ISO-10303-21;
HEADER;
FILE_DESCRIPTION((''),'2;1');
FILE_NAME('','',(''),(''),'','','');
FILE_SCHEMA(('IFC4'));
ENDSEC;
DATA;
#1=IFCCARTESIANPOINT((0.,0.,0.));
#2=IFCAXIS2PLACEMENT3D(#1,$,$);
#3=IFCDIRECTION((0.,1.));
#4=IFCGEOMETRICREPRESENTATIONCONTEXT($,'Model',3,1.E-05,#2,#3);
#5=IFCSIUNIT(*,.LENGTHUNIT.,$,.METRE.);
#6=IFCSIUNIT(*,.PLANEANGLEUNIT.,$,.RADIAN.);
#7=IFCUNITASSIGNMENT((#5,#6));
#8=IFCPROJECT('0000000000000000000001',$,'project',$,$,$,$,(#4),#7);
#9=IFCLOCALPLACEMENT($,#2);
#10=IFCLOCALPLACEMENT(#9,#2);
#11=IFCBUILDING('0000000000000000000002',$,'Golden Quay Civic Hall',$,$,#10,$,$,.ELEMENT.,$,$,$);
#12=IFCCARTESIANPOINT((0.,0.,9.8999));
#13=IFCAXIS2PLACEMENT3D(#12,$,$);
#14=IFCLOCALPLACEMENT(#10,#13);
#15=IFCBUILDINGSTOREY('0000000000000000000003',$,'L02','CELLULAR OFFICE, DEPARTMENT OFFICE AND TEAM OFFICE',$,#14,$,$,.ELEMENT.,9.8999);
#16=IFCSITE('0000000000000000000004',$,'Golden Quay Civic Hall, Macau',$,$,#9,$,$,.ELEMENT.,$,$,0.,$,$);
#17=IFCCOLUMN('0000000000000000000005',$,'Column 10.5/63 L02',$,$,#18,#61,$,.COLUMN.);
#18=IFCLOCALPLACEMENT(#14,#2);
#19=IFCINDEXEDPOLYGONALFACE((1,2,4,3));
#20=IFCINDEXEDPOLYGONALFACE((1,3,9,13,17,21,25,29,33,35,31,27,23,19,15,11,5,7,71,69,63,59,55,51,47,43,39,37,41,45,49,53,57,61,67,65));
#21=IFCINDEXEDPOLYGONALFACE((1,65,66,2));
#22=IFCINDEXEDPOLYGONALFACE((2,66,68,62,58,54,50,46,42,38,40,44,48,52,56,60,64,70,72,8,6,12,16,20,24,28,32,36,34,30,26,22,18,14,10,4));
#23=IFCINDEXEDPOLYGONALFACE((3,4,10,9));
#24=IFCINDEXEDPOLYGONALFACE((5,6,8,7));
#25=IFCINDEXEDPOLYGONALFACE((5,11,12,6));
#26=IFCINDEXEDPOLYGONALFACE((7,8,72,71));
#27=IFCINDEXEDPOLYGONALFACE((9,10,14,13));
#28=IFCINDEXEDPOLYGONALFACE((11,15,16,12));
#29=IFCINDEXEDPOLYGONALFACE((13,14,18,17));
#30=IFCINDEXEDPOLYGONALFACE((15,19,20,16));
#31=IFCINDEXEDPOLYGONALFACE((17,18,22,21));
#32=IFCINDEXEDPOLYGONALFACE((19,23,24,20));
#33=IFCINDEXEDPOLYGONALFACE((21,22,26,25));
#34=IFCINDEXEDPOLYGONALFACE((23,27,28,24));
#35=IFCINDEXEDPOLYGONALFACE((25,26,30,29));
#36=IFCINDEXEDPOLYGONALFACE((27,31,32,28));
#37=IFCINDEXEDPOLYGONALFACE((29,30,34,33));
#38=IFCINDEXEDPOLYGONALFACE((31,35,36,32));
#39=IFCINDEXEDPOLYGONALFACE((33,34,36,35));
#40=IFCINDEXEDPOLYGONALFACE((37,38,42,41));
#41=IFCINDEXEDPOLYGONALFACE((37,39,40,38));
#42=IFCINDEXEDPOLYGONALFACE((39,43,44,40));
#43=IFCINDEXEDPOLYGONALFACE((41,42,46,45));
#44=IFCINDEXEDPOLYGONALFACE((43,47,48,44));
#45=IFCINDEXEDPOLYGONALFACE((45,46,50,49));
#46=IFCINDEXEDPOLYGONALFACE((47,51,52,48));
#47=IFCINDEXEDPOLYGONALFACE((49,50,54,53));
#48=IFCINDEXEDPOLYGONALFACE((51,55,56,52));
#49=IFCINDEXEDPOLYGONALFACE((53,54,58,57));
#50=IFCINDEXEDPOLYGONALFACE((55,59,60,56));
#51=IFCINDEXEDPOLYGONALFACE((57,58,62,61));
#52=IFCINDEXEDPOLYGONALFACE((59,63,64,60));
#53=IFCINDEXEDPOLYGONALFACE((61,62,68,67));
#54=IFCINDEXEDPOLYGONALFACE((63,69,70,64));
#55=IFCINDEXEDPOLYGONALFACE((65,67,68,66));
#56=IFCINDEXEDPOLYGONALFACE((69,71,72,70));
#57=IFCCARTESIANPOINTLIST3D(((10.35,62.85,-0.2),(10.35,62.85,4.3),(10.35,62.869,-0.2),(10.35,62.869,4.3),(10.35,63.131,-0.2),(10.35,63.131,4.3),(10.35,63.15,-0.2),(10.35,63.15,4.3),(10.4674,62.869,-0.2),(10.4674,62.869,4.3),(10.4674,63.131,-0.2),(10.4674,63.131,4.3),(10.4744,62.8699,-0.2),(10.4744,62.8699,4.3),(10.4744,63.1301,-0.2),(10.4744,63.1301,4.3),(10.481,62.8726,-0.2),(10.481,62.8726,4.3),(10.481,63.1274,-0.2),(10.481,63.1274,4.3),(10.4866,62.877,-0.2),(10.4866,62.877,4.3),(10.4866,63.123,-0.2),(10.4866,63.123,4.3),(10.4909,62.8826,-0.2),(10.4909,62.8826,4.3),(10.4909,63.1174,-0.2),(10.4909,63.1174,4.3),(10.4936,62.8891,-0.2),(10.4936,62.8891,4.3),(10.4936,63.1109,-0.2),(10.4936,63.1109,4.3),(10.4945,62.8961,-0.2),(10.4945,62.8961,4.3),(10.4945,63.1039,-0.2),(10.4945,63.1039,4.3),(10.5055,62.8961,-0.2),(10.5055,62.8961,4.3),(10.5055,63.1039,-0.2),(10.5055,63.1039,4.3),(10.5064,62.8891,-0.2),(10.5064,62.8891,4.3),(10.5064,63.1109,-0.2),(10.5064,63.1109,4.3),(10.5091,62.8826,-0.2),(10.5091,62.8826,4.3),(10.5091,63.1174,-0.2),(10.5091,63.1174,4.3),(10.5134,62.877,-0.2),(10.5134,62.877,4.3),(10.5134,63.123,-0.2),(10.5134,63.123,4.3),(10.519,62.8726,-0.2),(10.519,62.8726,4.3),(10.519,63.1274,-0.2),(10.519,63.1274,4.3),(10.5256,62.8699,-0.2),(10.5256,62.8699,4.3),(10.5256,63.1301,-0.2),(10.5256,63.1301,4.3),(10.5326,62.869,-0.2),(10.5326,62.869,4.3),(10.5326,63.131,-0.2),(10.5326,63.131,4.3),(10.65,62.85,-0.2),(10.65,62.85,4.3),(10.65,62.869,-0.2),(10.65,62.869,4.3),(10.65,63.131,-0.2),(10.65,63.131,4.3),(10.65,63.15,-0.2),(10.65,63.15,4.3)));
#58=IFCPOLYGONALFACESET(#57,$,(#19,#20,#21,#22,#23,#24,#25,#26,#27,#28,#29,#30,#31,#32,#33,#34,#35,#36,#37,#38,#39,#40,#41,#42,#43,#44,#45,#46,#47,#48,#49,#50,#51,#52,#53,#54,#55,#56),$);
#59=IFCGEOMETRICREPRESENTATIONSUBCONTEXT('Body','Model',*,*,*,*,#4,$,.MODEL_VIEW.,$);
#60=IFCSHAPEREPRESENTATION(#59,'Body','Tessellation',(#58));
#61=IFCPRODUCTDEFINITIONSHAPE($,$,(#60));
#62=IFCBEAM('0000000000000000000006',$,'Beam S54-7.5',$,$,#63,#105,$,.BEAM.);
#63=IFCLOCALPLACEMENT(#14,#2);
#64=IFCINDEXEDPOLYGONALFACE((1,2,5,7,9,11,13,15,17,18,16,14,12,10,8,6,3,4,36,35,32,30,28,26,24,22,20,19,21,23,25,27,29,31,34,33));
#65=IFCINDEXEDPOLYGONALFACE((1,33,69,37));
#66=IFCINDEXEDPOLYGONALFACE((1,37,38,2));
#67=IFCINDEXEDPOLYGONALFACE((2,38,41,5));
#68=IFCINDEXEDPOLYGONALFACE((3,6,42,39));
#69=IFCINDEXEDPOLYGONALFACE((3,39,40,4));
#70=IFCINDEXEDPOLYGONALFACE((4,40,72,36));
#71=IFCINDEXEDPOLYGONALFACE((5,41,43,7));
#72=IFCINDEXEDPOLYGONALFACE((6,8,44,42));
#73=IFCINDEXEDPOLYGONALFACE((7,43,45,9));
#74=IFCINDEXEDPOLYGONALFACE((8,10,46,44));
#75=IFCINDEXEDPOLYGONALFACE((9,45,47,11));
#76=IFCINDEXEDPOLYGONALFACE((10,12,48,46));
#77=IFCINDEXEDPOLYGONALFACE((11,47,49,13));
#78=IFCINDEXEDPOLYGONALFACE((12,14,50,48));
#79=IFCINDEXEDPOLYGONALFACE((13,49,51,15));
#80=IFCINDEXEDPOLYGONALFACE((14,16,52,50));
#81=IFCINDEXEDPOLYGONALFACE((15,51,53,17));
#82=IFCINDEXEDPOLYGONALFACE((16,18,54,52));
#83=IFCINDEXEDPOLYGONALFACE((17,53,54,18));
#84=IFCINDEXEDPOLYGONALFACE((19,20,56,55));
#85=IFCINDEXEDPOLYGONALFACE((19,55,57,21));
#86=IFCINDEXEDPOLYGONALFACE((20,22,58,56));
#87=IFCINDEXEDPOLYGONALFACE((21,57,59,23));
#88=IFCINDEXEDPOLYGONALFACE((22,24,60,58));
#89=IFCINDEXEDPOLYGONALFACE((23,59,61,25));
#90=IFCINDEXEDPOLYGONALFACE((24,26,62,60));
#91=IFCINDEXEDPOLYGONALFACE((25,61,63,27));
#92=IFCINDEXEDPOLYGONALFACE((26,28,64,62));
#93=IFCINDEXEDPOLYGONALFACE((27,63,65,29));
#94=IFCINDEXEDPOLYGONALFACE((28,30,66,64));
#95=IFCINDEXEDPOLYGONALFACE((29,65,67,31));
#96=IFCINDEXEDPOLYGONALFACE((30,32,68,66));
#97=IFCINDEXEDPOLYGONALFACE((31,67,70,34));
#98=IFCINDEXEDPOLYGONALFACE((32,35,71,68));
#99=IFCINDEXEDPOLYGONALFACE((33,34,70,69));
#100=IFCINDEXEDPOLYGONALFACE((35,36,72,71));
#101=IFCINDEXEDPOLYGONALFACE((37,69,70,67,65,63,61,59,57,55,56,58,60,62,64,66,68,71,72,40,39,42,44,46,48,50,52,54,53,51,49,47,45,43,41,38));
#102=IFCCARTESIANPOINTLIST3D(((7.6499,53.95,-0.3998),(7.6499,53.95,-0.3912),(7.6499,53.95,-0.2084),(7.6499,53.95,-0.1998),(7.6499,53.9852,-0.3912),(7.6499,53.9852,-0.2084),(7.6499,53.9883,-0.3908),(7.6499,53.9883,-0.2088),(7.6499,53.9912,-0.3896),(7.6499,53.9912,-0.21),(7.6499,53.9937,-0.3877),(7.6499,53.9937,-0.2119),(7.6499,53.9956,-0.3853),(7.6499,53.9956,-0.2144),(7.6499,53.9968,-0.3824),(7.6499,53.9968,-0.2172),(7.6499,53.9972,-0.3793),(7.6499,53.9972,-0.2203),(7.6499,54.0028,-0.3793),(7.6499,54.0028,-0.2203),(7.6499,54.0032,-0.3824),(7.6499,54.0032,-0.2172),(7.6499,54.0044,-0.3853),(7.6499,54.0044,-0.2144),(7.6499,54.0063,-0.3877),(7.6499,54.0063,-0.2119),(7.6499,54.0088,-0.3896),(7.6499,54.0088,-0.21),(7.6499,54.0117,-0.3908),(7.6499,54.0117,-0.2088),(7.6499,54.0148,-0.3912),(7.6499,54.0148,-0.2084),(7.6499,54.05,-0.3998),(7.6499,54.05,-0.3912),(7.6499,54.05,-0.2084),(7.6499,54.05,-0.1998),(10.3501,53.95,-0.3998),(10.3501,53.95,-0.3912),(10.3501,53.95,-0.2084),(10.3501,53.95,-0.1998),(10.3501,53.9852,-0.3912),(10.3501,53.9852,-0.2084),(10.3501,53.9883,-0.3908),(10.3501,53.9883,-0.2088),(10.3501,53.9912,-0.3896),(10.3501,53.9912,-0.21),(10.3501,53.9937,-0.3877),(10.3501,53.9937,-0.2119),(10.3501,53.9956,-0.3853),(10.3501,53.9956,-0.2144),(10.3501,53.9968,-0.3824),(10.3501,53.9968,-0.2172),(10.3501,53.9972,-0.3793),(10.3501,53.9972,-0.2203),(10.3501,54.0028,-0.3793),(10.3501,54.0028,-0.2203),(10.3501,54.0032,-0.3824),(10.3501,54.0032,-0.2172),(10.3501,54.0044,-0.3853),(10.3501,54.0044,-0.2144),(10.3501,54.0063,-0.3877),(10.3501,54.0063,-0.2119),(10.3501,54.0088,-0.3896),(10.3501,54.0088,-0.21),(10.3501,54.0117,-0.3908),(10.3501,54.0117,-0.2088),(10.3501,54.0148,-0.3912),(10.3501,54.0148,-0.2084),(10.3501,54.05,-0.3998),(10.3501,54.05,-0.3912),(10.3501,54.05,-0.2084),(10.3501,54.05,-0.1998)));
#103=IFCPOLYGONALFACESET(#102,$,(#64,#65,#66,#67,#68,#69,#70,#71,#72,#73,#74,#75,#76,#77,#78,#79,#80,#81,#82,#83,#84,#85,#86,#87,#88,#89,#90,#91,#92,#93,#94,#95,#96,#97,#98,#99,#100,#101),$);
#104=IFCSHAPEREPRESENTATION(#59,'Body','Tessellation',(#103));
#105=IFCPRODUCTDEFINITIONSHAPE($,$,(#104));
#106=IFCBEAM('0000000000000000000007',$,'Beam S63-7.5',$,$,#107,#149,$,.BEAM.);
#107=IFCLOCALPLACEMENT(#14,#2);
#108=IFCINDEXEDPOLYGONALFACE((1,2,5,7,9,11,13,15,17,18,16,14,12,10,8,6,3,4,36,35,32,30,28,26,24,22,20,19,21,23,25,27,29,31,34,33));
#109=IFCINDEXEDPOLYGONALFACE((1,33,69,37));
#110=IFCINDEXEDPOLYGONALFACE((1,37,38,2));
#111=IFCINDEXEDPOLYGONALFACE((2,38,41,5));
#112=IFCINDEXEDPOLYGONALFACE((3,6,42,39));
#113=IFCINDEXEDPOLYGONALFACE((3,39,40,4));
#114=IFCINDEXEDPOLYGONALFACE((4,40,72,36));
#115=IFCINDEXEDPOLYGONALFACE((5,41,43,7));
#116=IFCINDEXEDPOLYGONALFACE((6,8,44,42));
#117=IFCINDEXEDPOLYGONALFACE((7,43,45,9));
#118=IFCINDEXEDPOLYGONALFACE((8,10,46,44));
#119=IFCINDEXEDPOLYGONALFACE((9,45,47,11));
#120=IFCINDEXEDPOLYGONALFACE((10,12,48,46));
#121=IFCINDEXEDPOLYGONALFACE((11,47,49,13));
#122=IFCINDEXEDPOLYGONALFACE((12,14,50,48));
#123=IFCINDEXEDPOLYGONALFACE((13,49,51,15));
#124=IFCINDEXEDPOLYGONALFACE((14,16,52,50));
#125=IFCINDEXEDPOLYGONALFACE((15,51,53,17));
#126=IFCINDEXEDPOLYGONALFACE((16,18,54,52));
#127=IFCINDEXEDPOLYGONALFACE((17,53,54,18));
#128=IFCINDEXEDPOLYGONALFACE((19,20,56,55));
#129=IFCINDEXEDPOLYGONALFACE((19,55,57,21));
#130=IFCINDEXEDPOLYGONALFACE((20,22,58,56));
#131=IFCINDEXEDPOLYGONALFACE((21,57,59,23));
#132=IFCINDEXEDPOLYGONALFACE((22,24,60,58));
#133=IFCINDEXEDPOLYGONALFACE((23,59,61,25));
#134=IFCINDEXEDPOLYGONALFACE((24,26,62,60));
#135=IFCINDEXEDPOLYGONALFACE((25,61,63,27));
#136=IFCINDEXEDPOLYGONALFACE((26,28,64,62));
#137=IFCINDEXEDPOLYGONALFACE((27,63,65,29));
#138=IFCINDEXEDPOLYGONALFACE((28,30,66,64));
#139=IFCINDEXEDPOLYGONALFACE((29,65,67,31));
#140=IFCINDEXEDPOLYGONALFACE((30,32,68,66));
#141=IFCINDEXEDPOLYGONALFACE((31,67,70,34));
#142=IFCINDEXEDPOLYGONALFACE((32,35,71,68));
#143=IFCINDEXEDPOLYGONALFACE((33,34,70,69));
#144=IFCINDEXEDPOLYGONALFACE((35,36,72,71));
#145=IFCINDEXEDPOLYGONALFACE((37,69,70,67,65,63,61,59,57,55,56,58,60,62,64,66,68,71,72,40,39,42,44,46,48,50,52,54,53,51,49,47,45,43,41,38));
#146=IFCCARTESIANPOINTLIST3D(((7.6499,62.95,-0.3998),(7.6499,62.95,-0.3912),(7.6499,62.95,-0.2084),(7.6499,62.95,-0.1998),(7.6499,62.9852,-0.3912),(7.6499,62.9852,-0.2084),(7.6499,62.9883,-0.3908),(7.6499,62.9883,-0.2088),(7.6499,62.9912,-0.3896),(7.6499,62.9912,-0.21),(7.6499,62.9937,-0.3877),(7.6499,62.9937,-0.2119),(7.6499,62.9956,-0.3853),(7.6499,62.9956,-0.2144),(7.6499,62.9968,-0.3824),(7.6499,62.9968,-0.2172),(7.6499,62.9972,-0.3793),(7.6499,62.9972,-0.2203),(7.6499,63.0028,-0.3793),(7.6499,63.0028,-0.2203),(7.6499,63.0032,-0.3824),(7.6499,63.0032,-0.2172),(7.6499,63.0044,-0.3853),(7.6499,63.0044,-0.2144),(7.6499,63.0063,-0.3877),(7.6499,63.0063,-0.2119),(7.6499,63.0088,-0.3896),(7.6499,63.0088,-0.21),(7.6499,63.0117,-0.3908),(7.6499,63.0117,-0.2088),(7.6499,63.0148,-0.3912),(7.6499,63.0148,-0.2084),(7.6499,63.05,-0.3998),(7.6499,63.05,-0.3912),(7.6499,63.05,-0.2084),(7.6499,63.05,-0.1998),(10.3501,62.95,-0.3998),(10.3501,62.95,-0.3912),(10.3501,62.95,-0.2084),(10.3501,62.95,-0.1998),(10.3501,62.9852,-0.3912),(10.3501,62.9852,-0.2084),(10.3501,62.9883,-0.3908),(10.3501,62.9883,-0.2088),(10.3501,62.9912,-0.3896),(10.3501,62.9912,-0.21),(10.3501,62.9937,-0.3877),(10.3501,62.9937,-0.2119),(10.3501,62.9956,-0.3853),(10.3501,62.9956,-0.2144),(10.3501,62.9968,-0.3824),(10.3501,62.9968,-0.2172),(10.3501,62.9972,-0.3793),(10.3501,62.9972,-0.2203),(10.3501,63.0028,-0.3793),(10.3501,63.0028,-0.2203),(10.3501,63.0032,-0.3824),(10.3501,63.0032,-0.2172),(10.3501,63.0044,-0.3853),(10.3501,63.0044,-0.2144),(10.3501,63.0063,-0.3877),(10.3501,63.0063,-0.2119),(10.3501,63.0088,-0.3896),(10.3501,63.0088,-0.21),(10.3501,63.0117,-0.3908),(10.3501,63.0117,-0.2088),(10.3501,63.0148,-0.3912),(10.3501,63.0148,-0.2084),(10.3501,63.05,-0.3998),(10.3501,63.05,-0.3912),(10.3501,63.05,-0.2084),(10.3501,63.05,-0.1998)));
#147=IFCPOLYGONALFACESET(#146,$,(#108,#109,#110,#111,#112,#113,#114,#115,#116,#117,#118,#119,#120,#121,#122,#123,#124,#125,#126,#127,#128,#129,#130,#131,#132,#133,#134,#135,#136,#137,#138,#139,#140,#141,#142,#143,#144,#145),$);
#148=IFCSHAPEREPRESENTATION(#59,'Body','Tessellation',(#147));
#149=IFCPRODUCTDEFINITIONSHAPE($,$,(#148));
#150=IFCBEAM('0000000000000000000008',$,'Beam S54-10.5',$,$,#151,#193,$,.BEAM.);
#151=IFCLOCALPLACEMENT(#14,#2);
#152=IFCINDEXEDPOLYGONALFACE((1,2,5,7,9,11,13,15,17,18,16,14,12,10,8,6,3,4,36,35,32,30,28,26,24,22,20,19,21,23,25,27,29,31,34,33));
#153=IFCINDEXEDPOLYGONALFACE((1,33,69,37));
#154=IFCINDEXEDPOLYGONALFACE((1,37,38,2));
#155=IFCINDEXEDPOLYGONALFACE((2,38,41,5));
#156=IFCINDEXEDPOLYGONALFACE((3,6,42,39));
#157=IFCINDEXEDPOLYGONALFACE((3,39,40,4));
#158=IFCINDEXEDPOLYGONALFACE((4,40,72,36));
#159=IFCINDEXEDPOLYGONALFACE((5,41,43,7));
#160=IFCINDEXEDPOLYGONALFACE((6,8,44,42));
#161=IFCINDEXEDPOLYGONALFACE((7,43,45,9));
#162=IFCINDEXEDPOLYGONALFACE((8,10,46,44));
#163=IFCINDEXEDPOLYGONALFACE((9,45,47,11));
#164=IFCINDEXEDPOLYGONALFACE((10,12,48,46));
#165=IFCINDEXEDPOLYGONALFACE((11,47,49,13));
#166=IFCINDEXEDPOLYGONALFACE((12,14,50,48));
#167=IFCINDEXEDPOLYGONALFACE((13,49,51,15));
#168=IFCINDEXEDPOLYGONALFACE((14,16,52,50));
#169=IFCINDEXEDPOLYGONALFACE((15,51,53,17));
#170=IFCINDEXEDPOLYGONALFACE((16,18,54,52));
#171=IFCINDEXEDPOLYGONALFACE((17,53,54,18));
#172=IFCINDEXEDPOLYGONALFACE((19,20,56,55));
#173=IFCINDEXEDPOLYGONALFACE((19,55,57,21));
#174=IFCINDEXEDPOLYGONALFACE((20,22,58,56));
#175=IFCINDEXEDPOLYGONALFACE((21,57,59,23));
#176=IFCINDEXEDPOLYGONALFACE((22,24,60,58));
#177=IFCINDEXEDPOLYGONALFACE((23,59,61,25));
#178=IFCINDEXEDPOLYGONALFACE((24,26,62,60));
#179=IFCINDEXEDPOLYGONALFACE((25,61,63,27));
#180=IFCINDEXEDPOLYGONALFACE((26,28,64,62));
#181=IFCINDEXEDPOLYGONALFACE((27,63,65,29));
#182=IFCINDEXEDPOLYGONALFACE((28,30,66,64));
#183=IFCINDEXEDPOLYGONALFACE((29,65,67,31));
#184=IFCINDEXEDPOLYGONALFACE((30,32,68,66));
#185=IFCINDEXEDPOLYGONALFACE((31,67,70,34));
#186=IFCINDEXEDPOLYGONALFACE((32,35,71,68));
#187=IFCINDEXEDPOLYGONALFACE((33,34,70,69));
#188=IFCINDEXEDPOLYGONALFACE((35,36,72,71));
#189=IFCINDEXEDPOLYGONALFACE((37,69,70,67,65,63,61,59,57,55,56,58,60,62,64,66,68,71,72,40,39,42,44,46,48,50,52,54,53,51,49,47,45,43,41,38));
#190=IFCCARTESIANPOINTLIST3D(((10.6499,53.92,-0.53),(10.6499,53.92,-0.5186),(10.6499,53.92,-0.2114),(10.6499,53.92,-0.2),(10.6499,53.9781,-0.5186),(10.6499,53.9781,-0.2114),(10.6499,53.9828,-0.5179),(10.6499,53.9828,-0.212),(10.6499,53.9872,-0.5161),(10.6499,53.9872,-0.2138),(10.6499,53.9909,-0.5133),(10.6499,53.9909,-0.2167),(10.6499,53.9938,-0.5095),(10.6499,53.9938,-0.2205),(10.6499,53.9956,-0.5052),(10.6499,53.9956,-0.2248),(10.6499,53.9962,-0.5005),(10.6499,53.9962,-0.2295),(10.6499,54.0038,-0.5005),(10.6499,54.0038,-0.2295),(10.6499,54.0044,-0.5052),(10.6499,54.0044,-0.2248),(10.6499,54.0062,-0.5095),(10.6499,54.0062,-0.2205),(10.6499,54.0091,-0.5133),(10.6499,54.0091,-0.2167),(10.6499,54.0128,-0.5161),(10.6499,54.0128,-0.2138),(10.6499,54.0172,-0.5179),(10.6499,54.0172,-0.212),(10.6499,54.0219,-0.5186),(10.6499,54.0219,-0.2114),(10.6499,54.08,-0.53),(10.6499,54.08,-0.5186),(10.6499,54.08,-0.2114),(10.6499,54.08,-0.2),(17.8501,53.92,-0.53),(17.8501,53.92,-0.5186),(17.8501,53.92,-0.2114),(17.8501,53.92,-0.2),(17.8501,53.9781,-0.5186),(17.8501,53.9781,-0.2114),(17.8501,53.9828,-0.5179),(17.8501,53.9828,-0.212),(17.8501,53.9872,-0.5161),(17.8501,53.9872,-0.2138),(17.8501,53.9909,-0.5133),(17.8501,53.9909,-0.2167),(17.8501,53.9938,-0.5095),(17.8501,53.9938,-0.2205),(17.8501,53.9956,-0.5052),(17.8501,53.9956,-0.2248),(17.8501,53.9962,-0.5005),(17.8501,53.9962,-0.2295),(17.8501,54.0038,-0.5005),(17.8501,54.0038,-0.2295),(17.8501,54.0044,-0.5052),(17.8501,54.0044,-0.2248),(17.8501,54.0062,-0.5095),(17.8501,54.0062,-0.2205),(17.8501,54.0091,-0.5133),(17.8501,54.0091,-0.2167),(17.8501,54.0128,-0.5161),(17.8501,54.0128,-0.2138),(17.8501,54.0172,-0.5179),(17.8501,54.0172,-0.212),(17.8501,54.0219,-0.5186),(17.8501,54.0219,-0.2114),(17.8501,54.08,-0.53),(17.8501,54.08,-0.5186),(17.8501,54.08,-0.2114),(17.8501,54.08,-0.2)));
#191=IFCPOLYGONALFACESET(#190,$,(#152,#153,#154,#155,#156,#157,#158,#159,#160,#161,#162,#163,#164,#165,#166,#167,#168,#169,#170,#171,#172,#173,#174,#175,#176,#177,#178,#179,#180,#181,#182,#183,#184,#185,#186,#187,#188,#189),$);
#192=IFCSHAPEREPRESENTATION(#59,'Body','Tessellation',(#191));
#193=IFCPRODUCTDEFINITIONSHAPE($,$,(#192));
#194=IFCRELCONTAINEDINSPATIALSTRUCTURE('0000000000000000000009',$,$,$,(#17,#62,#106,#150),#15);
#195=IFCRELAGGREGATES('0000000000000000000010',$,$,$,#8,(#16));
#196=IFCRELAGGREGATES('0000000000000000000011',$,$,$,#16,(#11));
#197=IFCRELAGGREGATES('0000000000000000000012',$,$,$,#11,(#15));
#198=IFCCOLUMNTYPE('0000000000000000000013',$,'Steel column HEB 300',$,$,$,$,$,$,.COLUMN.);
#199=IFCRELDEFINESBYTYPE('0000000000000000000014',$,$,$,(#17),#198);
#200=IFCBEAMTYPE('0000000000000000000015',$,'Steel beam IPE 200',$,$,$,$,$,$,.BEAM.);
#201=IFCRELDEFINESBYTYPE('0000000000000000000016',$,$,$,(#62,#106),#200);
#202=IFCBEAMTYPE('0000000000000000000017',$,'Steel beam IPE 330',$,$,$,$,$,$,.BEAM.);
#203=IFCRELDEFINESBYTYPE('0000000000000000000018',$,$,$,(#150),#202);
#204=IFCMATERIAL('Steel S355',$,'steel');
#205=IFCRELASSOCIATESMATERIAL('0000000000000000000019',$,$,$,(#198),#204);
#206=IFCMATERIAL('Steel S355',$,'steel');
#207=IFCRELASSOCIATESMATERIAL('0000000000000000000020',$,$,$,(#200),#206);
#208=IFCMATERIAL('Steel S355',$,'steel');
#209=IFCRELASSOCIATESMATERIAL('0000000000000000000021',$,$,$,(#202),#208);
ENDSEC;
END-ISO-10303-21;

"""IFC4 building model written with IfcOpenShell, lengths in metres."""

from ifc_helpers import new_model, si_unit, direction, frame, origin, origin_2d, place, context, subcontext, project, spatial, i_section, extrude, material, material_profile, profile_set, type_object, element, save


model = new_model("IFC4")

# Units and contexts
model_context = context("Model", 3, precision=1e-05, world=origin(), true_north=direction((0.0, 1.0)))
body_context = subcontext(model_context, "Body", "Model", "MODEL_VIEW")
ifc_project = project(units=[si_unit("LENGTHUNIT", "METRE"), si_unit("PLANEANGLEUNIT", "RADIAN")], contexts=[model_context])

# Site, building, storey
site_placement = place(None, origin())
site = spatial("IfcSite", under=ifc_project, at=site_placement, Name="Golden Quay Civic Hall, Macau", CompositionType="ELEMENT", RefElevation=0.0)
building_placement = place(site_placement, origin())
building = spatial("IfcBuilding", under=site, at=building_placement, Name="Golden Quay Civic Hall", CompositionType="ELEMENT")
storey_placement = place(building_placement, frame((0.0, 0.0, 9.8999)))
storey = spatial("IfcBuildingStorey", under=building, at=storey_placement, Name="L02", Description="CELLULAR OFFICE, DEPARTMENT OFFICE AND TEAM OFFICE", CompositionType="ELEMENT", Elevation=9.8999)

# Column
ifc_material_1 = material(Name="Steel S355", Category="steel")
ifc_material_profile_1 = material_profile(ifc_material_1, i_section(OverallWidth=0.3, OverallDepth=0.3, WebThickness=0.011, FlangeThickness=0.019, FilletRadius=0.0271, at=origin_2d()), Name="HEB 300")
ifc_profile_set_1 = profile_set([ifc_material_profile_1], Name="Steel S355")
column_type_1 = type_object("IfcColumnType", Name="Steel column HEB 300", PredefinedType="COLUMN", material=ifc_profile_set_1)
for number, where, z_axis, x_axis, name in (
    (1, (10.5, 63.0, -0.2), (0.0, 0.0, 1.0), (1.0, 0.0, 0.0), "Column 10.5/63 L02"),
):
    element("IfcColumn", number, at=place(storey_placement, frame(where, z_axis=z_axis, x_axis=x_axis)), inside=storey, type_object=column_type_1, Name=name, PredefinedType="COLUMN", context=body_context, shape_type="SweptSolid", body=[
        extrude(i_section(OverallWidth=0.3, OverallDepth=0.3, WebThickness=0.011, FlangeThickness=0.019, FilletRadius=0.0271, at=origin_2d()), origin(), (0.0, 0.0, 1.0), 4.5),
    ])

# Beams
ifc_material_2 = material(Name="Steel S355", Category="steel")
ifc_material_profile_2 = material_profile(ifc_material_2, i_section(OverallWidth=0.1001, OverallDepth=0.2, WebThickness=0.0056, FlangeThickness=0.0085, FilletRadius=0.012, at=origin_2d()), Name="IPE 200")
ifc_profile_set_2 = profile_set([ifc_material_profile_2], Name="Steel S355")
beam_type_1 = type_object("IfcBeamType", Name="Steel beam IPE 200", PredefinedType="BEAM", material=ifc_profile_set_2)
for number, where, z_axis, x_axis, name in (
    (2, (7.6499, 54.0, -0.2998), (1.0, 0.0, 0.0), (0.0, 1.0, 0.0), "Beam S54-7.5"),
    (3, (7.6499, 63.0, -0.2998), (1.0, 0.0, 0.0), (0.0, 1.0, 0.0), "Beam S63-7.5"),
):
    element("IfcBeam", number, at=place(storey_placement, frame(where, z_axis=z_axis, x_axis=x_axis)), inside=storey, type_object=beam_type_1, Name=name, PredefinedType="BEAM", context=body_context, shape_type="SweptSolid", body=[
        extrude(i_section(OverallWidth=0.1001, OverallDepth=0.2, WebThickness=0.0056, FlangeThickness=0.0085, FilletRadius=0.012, at=origin_2d()), origin(), (0.0, 0.0, 1.0), 2.7002),
    ])
ifc_material_3 = material(Name="Steel S355", Category="steel")
ifc_material_profile_3 = material_profile(ifc_material_3, i_section(OverallWidth=0.1599, OverallDepth=0.3301, WebThickness=0.0076, FlangeThickness=0.0115, FilletRadius=0.0181, at=origin_2d()), Name="IPE 330")
ifc_profile_set_3 = profile_set([ifc_material_profile_3], Name="Steel S355")
beam_type_2 = type_object("IfcBeamType", Name="Steel beam IPE 330", PredefinedType="BEAM", material=ifc_profile_set_3)
beam_1_placement = place(storey_placement, frame((10.6499, 54.0, -0.365), z_axis=(1.0, 0.0, 0.0), x_axis=(0.0, 1.0, 0.0)))
element("IfcBeam", 4, at=beam_1_placement, inside=storey, type_object=beam_type_2, Name="Beam S54-10.5", PredefinedType="BEAM", context=body_context, shape_type="SweptSolid", body=[
    extrude(i_section(OverallWidth=0.1599, OverallDepth=0.3301, WebThickness=0.0076, FlangeThickness=0.0115, FilletRadius=0.0181, at=origin_2d()), origin(), (0.0, 0.0, 1.0), 7.2002),
])

save(model, "model.ifc")
